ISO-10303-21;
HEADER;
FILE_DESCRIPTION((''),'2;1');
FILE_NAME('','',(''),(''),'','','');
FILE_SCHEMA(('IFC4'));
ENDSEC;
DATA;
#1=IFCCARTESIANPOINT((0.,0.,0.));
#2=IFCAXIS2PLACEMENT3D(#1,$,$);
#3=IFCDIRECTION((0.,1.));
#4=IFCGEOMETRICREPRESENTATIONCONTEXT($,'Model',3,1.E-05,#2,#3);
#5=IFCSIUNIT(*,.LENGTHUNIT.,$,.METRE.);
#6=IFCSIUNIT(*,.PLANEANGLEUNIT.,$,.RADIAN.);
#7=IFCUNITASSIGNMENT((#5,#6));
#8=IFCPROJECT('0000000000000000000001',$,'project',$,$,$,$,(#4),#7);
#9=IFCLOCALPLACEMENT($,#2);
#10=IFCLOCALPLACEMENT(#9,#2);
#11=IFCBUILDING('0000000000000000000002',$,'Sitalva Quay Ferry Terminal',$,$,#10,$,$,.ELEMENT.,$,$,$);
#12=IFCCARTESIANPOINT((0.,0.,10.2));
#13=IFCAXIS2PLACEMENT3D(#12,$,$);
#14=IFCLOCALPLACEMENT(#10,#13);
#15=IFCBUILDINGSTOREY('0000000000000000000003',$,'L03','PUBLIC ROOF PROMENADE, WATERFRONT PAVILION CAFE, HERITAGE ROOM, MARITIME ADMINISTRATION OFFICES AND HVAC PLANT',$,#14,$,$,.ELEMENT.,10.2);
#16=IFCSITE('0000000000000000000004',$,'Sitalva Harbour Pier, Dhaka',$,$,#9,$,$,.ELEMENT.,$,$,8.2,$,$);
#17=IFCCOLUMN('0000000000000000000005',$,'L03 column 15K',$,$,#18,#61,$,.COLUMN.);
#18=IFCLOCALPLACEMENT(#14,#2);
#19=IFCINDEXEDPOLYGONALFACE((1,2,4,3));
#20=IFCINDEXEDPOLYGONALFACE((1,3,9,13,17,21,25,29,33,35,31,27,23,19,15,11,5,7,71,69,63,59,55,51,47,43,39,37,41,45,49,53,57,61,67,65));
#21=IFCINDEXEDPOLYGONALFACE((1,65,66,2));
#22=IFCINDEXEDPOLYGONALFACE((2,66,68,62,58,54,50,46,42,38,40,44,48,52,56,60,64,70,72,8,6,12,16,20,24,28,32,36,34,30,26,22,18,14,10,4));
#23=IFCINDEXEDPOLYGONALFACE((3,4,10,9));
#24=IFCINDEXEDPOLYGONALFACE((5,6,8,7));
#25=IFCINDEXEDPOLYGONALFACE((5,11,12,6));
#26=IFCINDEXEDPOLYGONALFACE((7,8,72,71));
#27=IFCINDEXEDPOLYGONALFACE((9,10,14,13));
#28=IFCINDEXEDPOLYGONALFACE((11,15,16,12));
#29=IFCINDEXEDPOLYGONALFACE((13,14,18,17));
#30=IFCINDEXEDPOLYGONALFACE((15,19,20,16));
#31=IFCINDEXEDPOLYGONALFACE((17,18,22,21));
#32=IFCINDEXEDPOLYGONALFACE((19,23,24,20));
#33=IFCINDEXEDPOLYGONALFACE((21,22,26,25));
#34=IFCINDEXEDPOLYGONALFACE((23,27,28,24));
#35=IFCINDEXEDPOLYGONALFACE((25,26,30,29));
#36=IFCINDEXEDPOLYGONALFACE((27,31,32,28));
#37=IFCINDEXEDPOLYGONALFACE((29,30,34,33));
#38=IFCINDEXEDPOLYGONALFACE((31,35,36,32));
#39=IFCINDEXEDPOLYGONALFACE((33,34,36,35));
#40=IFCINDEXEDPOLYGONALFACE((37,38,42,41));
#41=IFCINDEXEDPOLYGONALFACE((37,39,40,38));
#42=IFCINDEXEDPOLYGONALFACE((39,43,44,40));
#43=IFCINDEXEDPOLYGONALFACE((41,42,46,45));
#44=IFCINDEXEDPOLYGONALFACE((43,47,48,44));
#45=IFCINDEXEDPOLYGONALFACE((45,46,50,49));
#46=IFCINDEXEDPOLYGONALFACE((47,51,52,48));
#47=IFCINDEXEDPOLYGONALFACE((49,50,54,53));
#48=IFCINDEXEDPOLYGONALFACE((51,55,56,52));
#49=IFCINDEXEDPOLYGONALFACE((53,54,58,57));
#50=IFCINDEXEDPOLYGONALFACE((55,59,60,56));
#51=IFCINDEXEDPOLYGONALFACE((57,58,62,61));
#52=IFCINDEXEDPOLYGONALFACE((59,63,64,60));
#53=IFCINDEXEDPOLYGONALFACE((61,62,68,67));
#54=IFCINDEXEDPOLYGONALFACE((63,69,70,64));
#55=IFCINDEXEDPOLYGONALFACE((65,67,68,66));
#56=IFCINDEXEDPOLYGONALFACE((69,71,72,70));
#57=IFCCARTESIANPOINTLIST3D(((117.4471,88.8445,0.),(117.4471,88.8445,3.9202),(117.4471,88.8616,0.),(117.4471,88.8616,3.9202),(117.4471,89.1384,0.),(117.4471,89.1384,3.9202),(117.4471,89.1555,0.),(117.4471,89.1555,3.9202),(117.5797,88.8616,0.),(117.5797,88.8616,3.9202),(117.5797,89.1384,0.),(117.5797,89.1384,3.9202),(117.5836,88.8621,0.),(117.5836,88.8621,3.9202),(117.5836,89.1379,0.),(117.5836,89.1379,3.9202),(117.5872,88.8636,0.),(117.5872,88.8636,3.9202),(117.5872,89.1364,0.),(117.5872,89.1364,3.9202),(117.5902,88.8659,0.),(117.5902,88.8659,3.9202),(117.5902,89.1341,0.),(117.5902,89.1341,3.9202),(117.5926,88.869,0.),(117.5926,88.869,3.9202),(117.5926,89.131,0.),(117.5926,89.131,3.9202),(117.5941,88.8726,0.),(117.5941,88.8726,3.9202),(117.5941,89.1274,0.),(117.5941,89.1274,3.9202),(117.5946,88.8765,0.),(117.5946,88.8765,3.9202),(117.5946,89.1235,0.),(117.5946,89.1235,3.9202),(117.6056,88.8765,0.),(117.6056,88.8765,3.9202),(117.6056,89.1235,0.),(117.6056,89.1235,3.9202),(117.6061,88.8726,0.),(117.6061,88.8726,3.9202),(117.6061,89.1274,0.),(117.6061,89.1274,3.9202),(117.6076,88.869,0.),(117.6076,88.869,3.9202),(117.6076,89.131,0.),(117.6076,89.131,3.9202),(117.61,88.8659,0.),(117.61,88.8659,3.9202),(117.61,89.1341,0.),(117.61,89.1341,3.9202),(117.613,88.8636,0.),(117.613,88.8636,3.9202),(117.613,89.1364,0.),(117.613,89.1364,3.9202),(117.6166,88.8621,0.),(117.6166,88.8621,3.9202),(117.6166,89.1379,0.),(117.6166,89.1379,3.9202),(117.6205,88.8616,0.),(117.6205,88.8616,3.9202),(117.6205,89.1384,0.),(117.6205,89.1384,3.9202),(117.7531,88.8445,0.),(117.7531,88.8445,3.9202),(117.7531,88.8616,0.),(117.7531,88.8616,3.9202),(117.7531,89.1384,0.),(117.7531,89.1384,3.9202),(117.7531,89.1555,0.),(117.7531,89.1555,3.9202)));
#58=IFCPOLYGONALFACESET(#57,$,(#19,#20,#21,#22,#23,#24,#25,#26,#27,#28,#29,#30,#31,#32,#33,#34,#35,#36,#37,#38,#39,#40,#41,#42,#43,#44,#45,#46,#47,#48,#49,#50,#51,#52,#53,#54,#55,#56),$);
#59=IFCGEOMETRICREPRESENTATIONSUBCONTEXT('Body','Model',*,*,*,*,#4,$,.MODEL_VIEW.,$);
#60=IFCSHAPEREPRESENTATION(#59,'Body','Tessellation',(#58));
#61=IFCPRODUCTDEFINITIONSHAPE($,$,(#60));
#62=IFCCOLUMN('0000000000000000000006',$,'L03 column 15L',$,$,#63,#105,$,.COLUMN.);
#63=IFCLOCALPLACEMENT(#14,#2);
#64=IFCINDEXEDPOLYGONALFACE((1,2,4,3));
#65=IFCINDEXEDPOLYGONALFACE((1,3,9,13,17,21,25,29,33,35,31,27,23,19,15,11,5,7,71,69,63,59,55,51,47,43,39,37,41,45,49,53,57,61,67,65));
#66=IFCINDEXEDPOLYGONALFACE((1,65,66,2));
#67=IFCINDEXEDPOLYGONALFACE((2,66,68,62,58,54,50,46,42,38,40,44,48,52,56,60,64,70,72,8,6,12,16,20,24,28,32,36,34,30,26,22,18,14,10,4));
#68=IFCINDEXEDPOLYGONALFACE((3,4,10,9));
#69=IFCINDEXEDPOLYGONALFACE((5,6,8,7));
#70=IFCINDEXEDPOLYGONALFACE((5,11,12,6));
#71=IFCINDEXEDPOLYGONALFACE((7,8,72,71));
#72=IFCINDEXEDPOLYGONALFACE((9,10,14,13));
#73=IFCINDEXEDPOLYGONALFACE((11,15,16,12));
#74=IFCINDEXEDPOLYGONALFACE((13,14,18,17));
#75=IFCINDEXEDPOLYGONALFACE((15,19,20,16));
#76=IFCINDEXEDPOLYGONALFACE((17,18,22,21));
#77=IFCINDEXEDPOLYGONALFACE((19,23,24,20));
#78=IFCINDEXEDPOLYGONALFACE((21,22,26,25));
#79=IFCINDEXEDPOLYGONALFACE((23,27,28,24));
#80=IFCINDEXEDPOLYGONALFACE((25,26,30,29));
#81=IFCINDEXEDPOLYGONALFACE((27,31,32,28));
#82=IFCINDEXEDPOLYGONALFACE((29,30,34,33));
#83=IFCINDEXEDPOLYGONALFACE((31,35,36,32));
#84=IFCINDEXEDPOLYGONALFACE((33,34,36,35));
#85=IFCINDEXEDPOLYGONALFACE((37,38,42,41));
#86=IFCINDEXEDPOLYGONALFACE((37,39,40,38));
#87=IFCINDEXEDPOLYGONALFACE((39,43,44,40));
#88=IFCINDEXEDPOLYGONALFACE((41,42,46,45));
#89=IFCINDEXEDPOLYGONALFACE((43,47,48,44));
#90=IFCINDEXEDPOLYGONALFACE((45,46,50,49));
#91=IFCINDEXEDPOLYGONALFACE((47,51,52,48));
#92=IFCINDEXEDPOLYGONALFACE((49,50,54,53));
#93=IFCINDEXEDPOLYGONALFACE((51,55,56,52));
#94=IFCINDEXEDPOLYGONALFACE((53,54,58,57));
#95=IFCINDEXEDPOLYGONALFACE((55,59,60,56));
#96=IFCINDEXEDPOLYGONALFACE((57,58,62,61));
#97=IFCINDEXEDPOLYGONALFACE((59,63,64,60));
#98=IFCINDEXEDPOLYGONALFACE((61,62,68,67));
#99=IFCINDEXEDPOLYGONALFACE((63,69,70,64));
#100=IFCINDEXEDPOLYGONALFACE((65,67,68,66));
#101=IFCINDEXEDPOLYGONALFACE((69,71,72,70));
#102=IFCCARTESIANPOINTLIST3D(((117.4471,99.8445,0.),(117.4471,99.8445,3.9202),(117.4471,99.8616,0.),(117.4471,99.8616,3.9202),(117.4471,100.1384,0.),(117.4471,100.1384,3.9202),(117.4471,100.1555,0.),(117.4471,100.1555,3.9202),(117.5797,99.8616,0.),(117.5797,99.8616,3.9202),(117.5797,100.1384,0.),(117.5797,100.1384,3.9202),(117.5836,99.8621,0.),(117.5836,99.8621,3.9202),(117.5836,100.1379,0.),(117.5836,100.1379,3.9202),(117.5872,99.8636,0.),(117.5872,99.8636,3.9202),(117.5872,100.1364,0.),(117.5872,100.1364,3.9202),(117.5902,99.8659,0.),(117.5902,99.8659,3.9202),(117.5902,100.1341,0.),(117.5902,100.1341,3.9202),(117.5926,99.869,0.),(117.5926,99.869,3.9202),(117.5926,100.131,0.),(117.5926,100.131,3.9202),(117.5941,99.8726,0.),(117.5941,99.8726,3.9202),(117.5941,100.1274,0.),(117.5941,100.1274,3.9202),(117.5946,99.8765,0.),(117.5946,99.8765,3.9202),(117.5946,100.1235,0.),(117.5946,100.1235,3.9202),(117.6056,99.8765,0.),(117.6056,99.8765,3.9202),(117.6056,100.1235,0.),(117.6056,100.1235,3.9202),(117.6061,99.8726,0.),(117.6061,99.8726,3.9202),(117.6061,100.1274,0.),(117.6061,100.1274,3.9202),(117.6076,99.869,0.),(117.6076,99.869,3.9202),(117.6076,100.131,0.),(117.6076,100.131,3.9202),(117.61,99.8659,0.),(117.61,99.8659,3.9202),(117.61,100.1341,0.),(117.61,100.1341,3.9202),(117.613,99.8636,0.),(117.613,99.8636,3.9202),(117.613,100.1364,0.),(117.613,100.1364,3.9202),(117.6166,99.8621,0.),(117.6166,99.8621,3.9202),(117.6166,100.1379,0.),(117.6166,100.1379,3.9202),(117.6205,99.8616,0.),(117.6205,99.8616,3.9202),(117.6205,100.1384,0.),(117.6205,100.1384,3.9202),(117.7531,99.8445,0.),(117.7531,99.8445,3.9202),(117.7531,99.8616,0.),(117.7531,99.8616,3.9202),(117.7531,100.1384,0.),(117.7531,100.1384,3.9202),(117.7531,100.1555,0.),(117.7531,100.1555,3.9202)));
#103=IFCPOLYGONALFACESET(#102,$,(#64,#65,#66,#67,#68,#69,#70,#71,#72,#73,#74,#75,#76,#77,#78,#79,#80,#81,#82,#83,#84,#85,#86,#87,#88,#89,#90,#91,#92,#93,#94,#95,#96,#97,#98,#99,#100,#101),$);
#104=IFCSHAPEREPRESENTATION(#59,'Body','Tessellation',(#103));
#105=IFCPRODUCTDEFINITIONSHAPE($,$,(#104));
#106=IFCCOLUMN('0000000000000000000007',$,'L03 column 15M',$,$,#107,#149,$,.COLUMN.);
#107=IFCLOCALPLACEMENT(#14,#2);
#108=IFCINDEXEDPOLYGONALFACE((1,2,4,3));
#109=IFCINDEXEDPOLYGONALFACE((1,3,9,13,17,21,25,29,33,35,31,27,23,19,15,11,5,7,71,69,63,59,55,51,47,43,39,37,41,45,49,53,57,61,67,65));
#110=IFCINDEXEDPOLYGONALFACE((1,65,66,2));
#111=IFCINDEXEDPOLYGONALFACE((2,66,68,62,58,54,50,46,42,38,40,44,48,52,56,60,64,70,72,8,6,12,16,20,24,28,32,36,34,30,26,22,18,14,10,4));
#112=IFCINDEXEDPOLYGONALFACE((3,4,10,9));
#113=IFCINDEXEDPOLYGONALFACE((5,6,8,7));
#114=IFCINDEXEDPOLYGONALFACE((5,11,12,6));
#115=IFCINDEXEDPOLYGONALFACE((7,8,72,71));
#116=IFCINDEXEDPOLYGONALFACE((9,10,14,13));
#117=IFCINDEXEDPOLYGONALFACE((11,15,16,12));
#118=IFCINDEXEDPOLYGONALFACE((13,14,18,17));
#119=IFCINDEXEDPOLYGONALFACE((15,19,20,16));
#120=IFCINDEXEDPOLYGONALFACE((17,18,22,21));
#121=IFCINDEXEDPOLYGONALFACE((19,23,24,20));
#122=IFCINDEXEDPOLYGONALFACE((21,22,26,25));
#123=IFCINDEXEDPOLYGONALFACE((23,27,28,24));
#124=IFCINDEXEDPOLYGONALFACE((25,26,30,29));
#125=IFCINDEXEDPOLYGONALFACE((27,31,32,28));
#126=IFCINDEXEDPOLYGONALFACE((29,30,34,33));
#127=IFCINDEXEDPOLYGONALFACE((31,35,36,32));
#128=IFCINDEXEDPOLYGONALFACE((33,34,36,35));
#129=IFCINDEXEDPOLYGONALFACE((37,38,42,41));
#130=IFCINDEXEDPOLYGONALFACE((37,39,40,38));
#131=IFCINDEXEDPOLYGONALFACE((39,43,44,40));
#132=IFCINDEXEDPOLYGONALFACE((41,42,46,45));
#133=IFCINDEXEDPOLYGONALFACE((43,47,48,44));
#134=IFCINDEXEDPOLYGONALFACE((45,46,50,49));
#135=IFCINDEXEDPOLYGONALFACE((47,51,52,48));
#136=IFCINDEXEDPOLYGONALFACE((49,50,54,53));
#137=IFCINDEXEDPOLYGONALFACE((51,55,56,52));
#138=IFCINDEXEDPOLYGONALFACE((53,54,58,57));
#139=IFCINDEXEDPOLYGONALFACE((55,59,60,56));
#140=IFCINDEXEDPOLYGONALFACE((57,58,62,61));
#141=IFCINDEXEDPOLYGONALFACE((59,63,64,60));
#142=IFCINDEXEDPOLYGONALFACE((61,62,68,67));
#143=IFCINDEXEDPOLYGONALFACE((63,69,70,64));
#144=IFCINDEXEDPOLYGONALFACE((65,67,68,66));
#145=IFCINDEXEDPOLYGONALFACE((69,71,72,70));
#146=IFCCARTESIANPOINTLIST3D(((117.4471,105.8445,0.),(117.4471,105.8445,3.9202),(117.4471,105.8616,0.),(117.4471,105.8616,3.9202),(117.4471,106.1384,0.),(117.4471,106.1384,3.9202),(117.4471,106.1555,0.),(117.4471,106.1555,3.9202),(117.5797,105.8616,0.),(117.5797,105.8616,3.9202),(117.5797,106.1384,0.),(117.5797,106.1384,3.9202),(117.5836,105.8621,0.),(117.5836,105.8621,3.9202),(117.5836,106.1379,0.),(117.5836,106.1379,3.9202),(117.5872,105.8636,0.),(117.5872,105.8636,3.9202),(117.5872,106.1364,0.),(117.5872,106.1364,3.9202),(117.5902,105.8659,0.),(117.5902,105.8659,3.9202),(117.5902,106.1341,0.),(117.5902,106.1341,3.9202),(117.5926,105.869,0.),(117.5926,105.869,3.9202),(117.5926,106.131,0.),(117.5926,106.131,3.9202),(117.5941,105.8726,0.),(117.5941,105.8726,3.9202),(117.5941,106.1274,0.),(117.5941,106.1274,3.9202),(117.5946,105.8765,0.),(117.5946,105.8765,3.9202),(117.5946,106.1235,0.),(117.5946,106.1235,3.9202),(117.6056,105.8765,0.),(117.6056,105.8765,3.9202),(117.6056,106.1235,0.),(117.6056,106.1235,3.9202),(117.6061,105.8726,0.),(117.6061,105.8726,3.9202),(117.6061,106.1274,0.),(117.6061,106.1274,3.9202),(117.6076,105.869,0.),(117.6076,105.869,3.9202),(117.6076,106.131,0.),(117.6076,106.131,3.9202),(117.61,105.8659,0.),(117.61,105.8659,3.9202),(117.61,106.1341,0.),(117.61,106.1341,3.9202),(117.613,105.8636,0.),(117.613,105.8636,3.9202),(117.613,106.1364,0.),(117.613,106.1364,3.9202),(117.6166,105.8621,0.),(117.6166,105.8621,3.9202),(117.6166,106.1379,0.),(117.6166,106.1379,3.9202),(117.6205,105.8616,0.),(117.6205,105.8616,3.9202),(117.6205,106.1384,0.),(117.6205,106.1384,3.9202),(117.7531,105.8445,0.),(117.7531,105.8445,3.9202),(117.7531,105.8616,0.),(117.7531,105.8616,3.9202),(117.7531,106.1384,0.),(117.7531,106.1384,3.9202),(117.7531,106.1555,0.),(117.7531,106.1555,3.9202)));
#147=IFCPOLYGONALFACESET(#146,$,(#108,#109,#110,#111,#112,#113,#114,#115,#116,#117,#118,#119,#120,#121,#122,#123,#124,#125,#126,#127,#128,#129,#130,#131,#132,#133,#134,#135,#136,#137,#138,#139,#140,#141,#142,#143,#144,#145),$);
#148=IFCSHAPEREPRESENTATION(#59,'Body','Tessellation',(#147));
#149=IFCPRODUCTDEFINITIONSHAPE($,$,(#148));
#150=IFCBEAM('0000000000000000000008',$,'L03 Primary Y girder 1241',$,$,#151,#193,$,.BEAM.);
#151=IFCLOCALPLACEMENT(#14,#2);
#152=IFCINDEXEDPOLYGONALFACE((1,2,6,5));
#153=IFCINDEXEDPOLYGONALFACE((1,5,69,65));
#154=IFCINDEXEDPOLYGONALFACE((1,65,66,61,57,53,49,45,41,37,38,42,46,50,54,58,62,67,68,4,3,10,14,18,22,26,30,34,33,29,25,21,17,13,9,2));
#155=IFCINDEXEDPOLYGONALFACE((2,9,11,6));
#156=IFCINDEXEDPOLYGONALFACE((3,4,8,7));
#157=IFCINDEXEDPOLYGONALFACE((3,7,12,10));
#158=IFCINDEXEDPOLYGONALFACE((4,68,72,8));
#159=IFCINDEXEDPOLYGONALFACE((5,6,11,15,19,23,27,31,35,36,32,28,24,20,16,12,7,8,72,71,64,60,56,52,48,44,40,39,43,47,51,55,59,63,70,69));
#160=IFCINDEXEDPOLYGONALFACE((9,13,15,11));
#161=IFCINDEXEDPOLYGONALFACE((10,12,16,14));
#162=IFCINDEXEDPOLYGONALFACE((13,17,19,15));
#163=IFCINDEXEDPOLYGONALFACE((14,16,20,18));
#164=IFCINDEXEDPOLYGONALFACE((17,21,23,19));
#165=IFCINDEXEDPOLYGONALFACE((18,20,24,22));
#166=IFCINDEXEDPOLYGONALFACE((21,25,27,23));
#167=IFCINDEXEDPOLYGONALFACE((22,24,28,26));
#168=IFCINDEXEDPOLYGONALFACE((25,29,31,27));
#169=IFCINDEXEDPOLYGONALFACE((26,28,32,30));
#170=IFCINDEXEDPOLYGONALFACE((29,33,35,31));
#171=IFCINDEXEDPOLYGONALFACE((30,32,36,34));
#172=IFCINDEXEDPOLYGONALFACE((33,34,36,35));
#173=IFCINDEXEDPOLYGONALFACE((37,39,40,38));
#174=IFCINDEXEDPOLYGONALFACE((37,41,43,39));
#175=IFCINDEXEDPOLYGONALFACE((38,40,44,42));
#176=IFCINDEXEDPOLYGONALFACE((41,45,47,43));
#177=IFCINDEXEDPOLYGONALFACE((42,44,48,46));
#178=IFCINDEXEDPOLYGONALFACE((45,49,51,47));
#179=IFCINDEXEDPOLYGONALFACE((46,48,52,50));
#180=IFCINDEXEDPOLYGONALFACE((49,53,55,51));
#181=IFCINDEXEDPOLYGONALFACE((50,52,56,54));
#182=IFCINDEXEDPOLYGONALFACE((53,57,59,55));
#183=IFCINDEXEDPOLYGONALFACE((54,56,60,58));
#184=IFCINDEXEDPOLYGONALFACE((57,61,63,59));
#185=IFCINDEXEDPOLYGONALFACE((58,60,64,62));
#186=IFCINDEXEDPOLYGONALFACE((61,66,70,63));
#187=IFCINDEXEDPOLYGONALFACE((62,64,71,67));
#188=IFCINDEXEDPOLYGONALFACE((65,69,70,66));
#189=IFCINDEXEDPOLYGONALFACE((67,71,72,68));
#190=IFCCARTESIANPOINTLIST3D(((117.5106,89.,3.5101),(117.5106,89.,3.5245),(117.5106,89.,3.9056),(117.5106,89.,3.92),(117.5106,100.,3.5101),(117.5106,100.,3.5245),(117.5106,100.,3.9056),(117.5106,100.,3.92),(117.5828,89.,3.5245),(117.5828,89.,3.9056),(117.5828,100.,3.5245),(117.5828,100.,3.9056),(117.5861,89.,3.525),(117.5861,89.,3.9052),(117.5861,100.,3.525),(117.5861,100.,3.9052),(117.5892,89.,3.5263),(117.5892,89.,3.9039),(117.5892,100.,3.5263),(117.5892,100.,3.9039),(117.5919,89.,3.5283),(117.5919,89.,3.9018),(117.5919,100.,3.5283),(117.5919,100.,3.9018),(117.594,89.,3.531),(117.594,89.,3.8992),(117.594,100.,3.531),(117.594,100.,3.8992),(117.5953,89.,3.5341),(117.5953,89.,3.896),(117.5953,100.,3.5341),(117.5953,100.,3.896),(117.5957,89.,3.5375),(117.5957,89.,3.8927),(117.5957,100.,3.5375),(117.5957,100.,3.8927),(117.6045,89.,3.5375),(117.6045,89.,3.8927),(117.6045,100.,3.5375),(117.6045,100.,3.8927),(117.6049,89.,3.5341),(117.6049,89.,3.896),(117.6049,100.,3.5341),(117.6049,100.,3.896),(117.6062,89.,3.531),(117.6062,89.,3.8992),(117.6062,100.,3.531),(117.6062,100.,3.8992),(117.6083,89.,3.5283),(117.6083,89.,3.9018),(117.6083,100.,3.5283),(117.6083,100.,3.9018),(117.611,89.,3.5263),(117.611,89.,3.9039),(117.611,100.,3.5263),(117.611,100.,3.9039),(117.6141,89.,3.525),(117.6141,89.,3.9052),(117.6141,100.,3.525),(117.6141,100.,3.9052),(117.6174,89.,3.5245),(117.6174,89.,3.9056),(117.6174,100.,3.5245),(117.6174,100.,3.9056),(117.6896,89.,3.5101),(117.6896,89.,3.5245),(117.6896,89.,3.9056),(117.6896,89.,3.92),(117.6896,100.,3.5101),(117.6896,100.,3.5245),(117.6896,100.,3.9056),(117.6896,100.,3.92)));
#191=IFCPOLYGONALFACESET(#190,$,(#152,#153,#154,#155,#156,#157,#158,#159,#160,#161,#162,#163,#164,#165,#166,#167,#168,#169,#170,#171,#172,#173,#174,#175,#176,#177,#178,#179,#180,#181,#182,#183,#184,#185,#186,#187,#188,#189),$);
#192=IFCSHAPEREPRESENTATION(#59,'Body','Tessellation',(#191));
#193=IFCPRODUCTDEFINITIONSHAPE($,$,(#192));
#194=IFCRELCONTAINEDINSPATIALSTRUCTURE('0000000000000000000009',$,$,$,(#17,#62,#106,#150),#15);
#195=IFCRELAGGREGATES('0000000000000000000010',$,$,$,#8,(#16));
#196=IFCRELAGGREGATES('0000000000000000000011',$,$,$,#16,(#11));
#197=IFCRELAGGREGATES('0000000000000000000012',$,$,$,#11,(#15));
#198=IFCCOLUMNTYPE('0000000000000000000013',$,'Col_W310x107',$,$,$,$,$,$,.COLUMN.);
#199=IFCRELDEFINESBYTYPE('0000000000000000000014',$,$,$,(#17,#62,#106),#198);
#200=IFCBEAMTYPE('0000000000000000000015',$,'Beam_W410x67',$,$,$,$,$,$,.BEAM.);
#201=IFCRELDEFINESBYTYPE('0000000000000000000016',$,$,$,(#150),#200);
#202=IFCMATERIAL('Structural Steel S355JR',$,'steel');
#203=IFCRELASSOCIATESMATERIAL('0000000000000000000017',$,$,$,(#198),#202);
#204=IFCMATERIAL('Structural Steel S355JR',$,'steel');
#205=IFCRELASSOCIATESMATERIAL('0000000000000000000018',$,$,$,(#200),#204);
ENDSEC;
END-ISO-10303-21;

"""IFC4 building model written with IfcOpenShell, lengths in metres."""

from ifc_helpers import new_model, si_unit, direction, frame, origin, origin_2d, place, context, subcontext, project, spatial, i_section, extrude, material, material_profile, profile_set, type_object, element, save


model = new_model("IFC4")

# Units and contexts
model_context = context("Model", 3, precision=1e-05, world=origin(), true_north=direction((0.0, 1.0)))
body_context = subcontext(model_context, "Body", "Model", "MODEL_VIEW")
ifc_project = project(units=[si_unit("LENGTHUNIT", "METRE"), si_unit("PLANEANGLEUNIT", "RADIAN")], contexts=[model_context])

# Site, building, storey
site_placement = place(None, origin())
site = spatial("IfcSite", under=ifc_project, at=site_placement, Name="Sitalva Harbour Pier, Dhaka", CompositionType="ELEMENT", RefElevation=8.2)
building_placement = place(site_placement, origin())
building = spatial("IfcBuilding", under=site, at=building_placement, Name="Sitalva Quay Ferry Terminal", CompositionType="ELEMENT")
storey_placement = place(building_placement, frame((0.0, 0.0, 10.2)))
storey = spatial("IfcBuildingStorey", under=building, at=storey_placement, Name="L03", Description="PUBLIC ROOF PROMENADE, WATERFRONT PAVILION CAFE, HERITAGE ROOM, MARITIME ADMINISTRATION OFFICES AND HVAC PLANT", CompositionType="ELEMENT", Elevation=10.2)

# Columns
ifc_material_1 = material(Name="Structural Steel S355JR", Category="steel")
ifc_material_profile_1 = material_profile(ifc_material_1, i_section(OverallWidth=0.3059, OverallDepth=0.311, WebThickness=0.011, FlangeThickness=0.0171, FilletRadius=0.0149, at=origin_2d()), Name="W310x107")
ifc_profile_set_1 = profile_set([ifc_material_profile_1], Name="Structural Steel S355JR")
column_type = type_object("IfcColumnType", Name="Col_W310x107", PredefinedType="COLUMN", material=ifc_profile_set_1)
for number, where, z_axis, x_axis, name in (
    (1, (117.6001, 89.0, 0.0), (0.0, 0.0, 1.0), (1.0, 0.0, 0.0), "L03 column 15K"),
    (2, (117.6001, 100.0, 0.0), (0.0, 0.0, 1.0), (1.0, 0.0, 0.0), "L03 column 15L"),
    (3, (117.6001, 106.0, 0.0), (0.0, 0.0, 1.0), (1.0, 0.0, 0.0), "L03 column 15M"),
):
    element("IfcColumn", number, at=place(storey_placement, frame(where, z_axis=z_axis, x_axis=x_axis)), inside=storey, type_object=column_type, Name=name, PredefinedType="COLUMN", context=body_context, shape_type="SweptSolid", body=[
        extrude(i_section(OverallWidth=0.3059, OverallDepth=0.311, WebThickness=0.011, FlangeThickness=0.0171, FilletRadius=0.0149, at=origin_2d()), origin(), (0.0, 0.0, 1.0), 3.9202),
    ])

# Beam
ifc_material_2 = material(Name="Structural Steel S355JR", Category="steel")
ifc_material_profile_2 = material_profile(ifc_material_2, i_section(OverallWidth=0.179, OverallDepth=0.4099, WebThickness=0.0088, FlangeThickness=0.0144, FilletRadius=0.0129, at=origin_2d()), Name="W410x67")
ifc_profile_set_2 = profile_set([ifc_material_profile_2], Name="Structural Steel S355JR")
beam_type_1 = type_object("IfcBeamType", Name="Beam_W410x67", PredefinedType="BEAM", material=ifc_profile_set_2)
beam_placement = place(storey_placement, frame((117.6001, 89.0, 3.7151), z_axis=(0.0, 1.0, 0.0), x_axis=(-1.0, 0.0, 0.0)))
element("IfcBeam", 4, at=beam_placement, inside=storey, type_object=beam_type_1, Name="L03 Primary Y girder 1241", PredefinedType="BEAM", context=body_context, shape_type="SweptSolid", body=[
    extrude(i_section(OverallWidth=0.179, OverallDepth=0.4099, WebThickness=0.0088, FlangeThickness=0.0144, FilletRadius=0.0129, at=origin_2d()), origin(), (0.0, 0.0, 1.0), 11.0),
])

save(model, "model.ifc")
